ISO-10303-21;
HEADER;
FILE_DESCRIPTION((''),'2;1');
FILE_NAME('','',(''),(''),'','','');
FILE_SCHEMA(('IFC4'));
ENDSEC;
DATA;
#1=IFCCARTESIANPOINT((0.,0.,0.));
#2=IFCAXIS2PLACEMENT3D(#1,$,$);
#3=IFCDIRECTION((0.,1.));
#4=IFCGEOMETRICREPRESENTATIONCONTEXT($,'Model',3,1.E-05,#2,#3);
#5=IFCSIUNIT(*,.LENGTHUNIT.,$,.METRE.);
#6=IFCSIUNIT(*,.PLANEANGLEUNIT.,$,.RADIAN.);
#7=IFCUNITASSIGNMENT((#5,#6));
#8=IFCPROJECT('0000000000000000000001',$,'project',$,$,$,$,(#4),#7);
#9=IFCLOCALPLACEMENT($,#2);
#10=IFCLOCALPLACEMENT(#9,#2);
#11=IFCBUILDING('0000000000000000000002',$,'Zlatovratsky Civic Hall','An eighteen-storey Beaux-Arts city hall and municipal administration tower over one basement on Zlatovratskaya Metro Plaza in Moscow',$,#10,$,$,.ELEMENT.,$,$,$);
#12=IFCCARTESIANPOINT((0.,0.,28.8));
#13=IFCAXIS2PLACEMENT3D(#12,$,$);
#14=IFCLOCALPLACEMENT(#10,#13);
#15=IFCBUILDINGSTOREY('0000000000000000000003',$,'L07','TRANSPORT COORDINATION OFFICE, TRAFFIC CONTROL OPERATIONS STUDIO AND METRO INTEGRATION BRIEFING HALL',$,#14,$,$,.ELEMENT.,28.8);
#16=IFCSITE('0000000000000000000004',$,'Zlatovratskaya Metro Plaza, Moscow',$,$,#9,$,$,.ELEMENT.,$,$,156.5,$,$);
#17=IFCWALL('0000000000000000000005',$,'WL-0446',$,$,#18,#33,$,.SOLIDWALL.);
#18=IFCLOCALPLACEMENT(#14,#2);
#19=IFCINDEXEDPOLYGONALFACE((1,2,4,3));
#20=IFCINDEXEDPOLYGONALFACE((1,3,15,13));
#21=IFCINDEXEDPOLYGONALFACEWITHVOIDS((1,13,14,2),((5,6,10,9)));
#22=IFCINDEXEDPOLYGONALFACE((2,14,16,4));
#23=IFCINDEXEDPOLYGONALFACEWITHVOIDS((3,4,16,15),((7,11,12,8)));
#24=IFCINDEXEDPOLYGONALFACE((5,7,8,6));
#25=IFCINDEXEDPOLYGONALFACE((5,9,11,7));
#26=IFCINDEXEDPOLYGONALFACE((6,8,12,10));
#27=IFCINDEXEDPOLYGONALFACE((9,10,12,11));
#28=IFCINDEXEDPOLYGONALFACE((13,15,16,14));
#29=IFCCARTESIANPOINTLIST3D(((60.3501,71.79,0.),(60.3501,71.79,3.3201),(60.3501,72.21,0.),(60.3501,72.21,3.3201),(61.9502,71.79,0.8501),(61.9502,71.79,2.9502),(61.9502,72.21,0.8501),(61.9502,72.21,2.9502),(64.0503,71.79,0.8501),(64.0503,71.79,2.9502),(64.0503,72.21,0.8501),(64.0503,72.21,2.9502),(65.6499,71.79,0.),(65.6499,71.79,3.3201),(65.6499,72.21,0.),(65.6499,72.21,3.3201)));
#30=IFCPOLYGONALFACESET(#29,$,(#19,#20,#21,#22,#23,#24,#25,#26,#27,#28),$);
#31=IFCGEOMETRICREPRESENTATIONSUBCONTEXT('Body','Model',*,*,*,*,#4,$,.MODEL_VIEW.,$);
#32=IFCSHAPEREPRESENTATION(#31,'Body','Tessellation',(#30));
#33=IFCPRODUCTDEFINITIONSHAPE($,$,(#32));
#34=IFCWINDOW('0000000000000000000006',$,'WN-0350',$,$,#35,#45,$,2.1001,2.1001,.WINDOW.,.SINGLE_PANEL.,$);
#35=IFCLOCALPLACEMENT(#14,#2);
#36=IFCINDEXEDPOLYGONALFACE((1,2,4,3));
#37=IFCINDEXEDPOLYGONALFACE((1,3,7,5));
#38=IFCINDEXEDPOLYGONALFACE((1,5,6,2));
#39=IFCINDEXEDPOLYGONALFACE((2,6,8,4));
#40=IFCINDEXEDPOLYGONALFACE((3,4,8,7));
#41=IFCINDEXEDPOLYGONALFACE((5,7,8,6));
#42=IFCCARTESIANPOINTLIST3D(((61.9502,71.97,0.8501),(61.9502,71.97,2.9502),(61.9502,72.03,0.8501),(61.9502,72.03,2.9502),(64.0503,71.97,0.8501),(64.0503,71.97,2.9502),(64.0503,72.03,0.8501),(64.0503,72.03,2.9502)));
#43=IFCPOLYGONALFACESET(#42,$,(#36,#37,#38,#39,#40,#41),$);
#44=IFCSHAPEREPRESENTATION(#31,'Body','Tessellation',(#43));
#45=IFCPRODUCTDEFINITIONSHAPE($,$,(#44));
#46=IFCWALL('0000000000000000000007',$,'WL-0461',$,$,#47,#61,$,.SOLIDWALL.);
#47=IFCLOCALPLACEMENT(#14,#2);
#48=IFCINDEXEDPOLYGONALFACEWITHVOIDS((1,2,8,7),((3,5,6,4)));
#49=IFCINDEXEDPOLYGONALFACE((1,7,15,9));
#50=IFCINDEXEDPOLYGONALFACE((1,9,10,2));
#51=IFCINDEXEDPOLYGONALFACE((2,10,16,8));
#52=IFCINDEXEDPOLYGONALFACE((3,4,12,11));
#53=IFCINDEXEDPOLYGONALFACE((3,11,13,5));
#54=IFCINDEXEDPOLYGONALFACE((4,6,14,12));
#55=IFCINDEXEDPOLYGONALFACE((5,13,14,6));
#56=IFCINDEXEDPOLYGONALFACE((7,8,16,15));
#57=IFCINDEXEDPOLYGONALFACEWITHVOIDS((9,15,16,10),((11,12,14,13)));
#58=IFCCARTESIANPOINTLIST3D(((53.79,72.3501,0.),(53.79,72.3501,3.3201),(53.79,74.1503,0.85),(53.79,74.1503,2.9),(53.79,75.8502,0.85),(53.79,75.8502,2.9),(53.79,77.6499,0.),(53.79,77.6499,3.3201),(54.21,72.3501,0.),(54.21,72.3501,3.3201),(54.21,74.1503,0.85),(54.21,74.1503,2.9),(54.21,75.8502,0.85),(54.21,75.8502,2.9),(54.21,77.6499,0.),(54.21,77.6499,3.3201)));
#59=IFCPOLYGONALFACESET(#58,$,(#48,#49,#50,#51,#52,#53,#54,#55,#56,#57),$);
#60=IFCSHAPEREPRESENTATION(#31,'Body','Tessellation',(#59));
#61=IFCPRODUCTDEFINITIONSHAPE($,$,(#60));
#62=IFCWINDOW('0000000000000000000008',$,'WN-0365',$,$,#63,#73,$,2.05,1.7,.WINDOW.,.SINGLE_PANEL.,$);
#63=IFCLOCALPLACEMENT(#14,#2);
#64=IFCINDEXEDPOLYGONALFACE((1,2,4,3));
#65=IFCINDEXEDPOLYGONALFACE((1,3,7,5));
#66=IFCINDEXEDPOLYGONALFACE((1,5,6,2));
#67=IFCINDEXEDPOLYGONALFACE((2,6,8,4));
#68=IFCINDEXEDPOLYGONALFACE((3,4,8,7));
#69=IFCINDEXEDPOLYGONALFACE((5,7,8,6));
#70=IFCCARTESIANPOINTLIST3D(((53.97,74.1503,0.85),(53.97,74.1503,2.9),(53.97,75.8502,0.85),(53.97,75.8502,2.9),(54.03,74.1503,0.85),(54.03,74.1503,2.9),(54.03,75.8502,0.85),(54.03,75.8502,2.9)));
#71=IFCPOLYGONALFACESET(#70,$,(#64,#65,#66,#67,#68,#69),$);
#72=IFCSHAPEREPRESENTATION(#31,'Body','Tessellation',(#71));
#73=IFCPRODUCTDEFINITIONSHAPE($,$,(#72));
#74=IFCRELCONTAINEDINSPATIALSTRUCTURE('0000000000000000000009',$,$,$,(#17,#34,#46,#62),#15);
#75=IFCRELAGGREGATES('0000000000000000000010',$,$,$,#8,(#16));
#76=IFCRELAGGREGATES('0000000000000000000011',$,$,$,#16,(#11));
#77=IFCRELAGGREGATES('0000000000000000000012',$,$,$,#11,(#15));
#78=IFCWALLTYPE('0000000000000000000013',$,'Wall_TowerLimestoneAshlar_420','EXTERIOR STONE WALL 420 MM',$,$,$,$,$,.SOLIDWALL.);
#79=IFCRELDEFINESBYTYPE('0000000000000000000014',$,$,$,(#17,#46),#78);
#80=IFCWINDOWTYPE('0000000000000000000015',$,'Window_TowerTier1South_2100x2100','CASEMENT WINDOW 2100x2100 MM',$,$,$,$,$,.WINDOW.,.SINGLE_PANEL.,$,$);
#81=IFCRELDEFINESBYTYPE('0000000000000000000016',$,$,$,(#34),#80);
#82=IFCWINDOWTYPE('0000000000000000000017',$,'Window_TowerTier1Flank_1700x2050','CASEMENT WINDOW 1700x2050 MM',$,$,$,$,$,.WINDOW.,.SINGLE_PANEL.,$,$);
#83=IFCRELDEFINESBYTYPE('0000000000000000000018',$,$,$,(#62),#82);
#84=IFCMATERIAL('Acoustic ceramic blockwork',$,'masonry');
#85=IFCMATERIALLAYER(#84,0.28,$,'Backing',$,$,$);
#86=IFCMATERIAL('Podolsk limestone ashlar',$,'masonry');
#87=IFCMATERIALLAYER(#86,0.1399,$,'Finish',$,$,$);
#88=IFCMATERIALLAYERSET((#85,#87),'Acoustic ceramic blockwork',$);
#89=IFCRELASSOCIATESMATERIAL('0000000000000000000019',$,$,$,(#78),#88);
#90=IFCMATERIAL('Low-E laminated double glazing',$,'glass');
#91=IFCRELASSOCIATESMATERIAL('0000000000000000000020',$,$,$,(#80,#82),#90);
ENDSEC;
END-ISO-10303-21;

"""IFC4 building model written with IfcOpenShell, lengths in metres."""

from ifc_helpers import new_model, si_unit, direction, frame, frame_2d, origin, place, context, subcontext, project, spatial, rectangle, extrude, material, layer, layer_set, type_object, element, fill, save


model = new_model("IFC4")

# Units and contexts
model_context = context("Model", 3, precision=1e-05, world=origin(), true_north=direction((0.0, 1.0)))
body_context = subcontext(model_context, "Body", "Model", "MODEL_VIEW")
ifc_project = project(units=[si_unit("LENGTHUNIT", "METRE"), si_unit("PLANEANGLEUNIT", "RADIAN")], contexts=[model_context])

# Site, building, storey
site_placement = place(None, origin())
site = spatial("IfcSite", under=ifc_project, at=site_placement, Name="Zlatovratskaya Metro Plaza, Moscow", CompositionType="ELEMENT", RefElevation=156.5)
building_placement = place(site_placement, origin())
building = spatial("IfcBuilding", under=site, at=building_placement, Name="Zlatovratsky Civic Hall", Description="An eighteen-storey Beaux-Arts city hall and municipal administration tower over one basement on Zlatovratskaya Metro Plaza in Moscow", CompositionType="ELEMENT")
storey_placement = place(building_placement, frame((0.0, 0.0, 28.8)))
storey = spatial("IfcBuildingStorey", under=building, at=storey_placement, Name="L07", Description="TRANSPORT COORDINATION OFFICE, TRAFFIC CONTROL OPERATIONS STUDIO AND METRO INTEGRATION BRIEFING HALL", CompositionType="ELEMENT", Elevation=28.8)

# Walls, openings, windows
ifc_material_1 = material(Name="Acoustic ceramic blockwork", Category="masonry")
ifc_layer_1 = layer(ifc_material_1, 0.28, Name="Backing")
ifc_material_2 = material(Name="Podolsk limestone ashlar", Category="masonry")
ifc_layer_2 = layer(ifc_material_2, 0.1399, Name="Finish")
ifc_layer_set_1 = layer_set([ifc_layer_1, ifc_layer_2], Name="Acoustic ceramic blockwork")
wall_type_1 = type_object("IfcWallType", Name="Wall_TowerLimestoneAshlar_420", Description="EXTERIOR STONE WALL 420 MM", PredefinedType="SOLIDWALL", material=ifc_layer_set_1)
ifc_material_3 = material(Name="Low-E laminated double glazing", Category="glass")
window_type_1 = type_object("IfcWindowType", Name="Window_TowerTier1South_2100x2100", Description="CASEMENT WINDOW 2100x2100 MM", PartitioningType="SINGLE_PANEL", PredefinedType="WINDOW", material=ifc_material_3)
wall_1_placement = place(storey_placement, frame((60.3501, 72.0, 0.0), z_axis=(0.0, 0.0, 1.0), x_axis=(1.0, 0.0, 0.0)))
wall_1 = element("IfcWall", 1, at=wall_1_placement, inside=storey, type_object=wall_type_1, Name="WL-0446", PredefinedType="SOLIDWALL", context=body_context, shape_type="SweptSolid", body=[
    extrude(rectangle(XDim=5.2998, YDim=0.4199, at=frame_2d((2.6499, 0.0))), origin(), (0.0, 0.0, 1.0), 3.3201),
])
opening_1_placement = place(wall_1_placement, frame((1.6001, 0.0, 0.8501)))
opening_1 = element("IfcOpeningElement", 2, at=opening_1_placement, cuts=wall_1, PredefinedType="OPENING", context=body_context, shape_type="SweptSolid", body=[
    extrude(rectangle(XDim=2.1001, YDim=2.1001, at=frame_2d((1.05, 1.05))), frame((0.0, 0.2249, 0.0), z_axis=(0.0, -1.0, 0.0), x_axis=(1.0, 0.0, 0.0)), (0.0, 0.0, 1.0), 0.4497),
])
window_1_placement = place(opening_1_placement, origin())
window_1 = element("IfcWindow", 3, at=window_1_placement, inside=storey, type_object=window_type_1, Name="WN-0350", OverallHeight=2.1001, OverallWidth=2.1001, PartitioningType="SINGLE_PANEL", PredefinedType="WINDOW", context=body_context, shape_type="SweptSolid", body=[
    extrude(rectangle(XDim=2.1001, YDim=2.1001, at=frame_2d((1.05, 1.05))), frame((0.0, 0.03, 0.0), z_axis=(0.0, -1.0, 0.0), x_axis=(1.0, 0.0, 0.0)), (0.0, 0.0, 1.0), 0.0601),
])
fill(opening_1, window_1)
wall_2_placement = place(storey_placement, frame((54.0, 72.3501, 0.0), z_axis=(0.0, 0.0, 1.0), x_axis=(0.0, 1.0, 0.0)))
wall_2 = element("IfcWall", 4, at=wall_2_placement, inside=storey, type_object=wall_type_1, Name="WL-0461", PredefinedType="SOLIDWALL", context=body_context, shape_type="SweptSolid", body=[
    extrude(rectangle(XDim=5.2998, YDim=0.4199, at=frame_2d((2.6499, 0.0))), origin(), (0.0, 0.0, 1.0), 3.3201),
])
opening_2_placement = place(wall_2_placement, frame((1.8, 0.0, 0.8501)))
opening_2 = element("IfcOpeningElement", 5, at=opening_2_placement, cuts=wall_2, PredefinedType="OPENING", context=body_context, shape_type="SweptSolid", body=[
    extrude(rectangle(XDim=1.7, YDim=2.05, at=frame_2d((0.8501, 1.0249))), frame((0.0, 0.2249, 0.0), z_axis=(0.0, -1.0, 0.0), x_axis=(1.0, 0.0, 0.0)), (0.0, 0.0, 1.0), 0.4497),
])
window_type_2 = type_object("IfcWindowType", Name="Window_TowerTier1Flank_1700x2050", Description="CASEMENT WINDOW 1700x2050 MM", PartitioningType="SINGLE_PANEL", PredefinedType="WINDOW", material=ifc_material_3)
window_2_placement = place(opening_2_placement, origin())
window_2 = element("IfcWindow", 6, at=window_2_placement, inside=storey, type_object=window_type_2, Name="WN-0365", OverallHeight=2.05, OverallWidth=1.7, PartitioningType="SINGLE_PANEL", PredefinedType="WINDOW", context=body_context, shape_type="SweptSolid", body=[
    extrude(rectangle(XDim=1.7, YDim=2.05, at=frame_2d((0.8501, 1.0249))), frame((0.0, 0.03, 0.0), z_axis=(0.0, -1.0, 0.0), x_axis=(1.0, 0.0, 0.0)), (0.0, 0.0, 1.0), 0.0601),
])
fill(opening_2, window_2)

save(model, "model.ifc")
